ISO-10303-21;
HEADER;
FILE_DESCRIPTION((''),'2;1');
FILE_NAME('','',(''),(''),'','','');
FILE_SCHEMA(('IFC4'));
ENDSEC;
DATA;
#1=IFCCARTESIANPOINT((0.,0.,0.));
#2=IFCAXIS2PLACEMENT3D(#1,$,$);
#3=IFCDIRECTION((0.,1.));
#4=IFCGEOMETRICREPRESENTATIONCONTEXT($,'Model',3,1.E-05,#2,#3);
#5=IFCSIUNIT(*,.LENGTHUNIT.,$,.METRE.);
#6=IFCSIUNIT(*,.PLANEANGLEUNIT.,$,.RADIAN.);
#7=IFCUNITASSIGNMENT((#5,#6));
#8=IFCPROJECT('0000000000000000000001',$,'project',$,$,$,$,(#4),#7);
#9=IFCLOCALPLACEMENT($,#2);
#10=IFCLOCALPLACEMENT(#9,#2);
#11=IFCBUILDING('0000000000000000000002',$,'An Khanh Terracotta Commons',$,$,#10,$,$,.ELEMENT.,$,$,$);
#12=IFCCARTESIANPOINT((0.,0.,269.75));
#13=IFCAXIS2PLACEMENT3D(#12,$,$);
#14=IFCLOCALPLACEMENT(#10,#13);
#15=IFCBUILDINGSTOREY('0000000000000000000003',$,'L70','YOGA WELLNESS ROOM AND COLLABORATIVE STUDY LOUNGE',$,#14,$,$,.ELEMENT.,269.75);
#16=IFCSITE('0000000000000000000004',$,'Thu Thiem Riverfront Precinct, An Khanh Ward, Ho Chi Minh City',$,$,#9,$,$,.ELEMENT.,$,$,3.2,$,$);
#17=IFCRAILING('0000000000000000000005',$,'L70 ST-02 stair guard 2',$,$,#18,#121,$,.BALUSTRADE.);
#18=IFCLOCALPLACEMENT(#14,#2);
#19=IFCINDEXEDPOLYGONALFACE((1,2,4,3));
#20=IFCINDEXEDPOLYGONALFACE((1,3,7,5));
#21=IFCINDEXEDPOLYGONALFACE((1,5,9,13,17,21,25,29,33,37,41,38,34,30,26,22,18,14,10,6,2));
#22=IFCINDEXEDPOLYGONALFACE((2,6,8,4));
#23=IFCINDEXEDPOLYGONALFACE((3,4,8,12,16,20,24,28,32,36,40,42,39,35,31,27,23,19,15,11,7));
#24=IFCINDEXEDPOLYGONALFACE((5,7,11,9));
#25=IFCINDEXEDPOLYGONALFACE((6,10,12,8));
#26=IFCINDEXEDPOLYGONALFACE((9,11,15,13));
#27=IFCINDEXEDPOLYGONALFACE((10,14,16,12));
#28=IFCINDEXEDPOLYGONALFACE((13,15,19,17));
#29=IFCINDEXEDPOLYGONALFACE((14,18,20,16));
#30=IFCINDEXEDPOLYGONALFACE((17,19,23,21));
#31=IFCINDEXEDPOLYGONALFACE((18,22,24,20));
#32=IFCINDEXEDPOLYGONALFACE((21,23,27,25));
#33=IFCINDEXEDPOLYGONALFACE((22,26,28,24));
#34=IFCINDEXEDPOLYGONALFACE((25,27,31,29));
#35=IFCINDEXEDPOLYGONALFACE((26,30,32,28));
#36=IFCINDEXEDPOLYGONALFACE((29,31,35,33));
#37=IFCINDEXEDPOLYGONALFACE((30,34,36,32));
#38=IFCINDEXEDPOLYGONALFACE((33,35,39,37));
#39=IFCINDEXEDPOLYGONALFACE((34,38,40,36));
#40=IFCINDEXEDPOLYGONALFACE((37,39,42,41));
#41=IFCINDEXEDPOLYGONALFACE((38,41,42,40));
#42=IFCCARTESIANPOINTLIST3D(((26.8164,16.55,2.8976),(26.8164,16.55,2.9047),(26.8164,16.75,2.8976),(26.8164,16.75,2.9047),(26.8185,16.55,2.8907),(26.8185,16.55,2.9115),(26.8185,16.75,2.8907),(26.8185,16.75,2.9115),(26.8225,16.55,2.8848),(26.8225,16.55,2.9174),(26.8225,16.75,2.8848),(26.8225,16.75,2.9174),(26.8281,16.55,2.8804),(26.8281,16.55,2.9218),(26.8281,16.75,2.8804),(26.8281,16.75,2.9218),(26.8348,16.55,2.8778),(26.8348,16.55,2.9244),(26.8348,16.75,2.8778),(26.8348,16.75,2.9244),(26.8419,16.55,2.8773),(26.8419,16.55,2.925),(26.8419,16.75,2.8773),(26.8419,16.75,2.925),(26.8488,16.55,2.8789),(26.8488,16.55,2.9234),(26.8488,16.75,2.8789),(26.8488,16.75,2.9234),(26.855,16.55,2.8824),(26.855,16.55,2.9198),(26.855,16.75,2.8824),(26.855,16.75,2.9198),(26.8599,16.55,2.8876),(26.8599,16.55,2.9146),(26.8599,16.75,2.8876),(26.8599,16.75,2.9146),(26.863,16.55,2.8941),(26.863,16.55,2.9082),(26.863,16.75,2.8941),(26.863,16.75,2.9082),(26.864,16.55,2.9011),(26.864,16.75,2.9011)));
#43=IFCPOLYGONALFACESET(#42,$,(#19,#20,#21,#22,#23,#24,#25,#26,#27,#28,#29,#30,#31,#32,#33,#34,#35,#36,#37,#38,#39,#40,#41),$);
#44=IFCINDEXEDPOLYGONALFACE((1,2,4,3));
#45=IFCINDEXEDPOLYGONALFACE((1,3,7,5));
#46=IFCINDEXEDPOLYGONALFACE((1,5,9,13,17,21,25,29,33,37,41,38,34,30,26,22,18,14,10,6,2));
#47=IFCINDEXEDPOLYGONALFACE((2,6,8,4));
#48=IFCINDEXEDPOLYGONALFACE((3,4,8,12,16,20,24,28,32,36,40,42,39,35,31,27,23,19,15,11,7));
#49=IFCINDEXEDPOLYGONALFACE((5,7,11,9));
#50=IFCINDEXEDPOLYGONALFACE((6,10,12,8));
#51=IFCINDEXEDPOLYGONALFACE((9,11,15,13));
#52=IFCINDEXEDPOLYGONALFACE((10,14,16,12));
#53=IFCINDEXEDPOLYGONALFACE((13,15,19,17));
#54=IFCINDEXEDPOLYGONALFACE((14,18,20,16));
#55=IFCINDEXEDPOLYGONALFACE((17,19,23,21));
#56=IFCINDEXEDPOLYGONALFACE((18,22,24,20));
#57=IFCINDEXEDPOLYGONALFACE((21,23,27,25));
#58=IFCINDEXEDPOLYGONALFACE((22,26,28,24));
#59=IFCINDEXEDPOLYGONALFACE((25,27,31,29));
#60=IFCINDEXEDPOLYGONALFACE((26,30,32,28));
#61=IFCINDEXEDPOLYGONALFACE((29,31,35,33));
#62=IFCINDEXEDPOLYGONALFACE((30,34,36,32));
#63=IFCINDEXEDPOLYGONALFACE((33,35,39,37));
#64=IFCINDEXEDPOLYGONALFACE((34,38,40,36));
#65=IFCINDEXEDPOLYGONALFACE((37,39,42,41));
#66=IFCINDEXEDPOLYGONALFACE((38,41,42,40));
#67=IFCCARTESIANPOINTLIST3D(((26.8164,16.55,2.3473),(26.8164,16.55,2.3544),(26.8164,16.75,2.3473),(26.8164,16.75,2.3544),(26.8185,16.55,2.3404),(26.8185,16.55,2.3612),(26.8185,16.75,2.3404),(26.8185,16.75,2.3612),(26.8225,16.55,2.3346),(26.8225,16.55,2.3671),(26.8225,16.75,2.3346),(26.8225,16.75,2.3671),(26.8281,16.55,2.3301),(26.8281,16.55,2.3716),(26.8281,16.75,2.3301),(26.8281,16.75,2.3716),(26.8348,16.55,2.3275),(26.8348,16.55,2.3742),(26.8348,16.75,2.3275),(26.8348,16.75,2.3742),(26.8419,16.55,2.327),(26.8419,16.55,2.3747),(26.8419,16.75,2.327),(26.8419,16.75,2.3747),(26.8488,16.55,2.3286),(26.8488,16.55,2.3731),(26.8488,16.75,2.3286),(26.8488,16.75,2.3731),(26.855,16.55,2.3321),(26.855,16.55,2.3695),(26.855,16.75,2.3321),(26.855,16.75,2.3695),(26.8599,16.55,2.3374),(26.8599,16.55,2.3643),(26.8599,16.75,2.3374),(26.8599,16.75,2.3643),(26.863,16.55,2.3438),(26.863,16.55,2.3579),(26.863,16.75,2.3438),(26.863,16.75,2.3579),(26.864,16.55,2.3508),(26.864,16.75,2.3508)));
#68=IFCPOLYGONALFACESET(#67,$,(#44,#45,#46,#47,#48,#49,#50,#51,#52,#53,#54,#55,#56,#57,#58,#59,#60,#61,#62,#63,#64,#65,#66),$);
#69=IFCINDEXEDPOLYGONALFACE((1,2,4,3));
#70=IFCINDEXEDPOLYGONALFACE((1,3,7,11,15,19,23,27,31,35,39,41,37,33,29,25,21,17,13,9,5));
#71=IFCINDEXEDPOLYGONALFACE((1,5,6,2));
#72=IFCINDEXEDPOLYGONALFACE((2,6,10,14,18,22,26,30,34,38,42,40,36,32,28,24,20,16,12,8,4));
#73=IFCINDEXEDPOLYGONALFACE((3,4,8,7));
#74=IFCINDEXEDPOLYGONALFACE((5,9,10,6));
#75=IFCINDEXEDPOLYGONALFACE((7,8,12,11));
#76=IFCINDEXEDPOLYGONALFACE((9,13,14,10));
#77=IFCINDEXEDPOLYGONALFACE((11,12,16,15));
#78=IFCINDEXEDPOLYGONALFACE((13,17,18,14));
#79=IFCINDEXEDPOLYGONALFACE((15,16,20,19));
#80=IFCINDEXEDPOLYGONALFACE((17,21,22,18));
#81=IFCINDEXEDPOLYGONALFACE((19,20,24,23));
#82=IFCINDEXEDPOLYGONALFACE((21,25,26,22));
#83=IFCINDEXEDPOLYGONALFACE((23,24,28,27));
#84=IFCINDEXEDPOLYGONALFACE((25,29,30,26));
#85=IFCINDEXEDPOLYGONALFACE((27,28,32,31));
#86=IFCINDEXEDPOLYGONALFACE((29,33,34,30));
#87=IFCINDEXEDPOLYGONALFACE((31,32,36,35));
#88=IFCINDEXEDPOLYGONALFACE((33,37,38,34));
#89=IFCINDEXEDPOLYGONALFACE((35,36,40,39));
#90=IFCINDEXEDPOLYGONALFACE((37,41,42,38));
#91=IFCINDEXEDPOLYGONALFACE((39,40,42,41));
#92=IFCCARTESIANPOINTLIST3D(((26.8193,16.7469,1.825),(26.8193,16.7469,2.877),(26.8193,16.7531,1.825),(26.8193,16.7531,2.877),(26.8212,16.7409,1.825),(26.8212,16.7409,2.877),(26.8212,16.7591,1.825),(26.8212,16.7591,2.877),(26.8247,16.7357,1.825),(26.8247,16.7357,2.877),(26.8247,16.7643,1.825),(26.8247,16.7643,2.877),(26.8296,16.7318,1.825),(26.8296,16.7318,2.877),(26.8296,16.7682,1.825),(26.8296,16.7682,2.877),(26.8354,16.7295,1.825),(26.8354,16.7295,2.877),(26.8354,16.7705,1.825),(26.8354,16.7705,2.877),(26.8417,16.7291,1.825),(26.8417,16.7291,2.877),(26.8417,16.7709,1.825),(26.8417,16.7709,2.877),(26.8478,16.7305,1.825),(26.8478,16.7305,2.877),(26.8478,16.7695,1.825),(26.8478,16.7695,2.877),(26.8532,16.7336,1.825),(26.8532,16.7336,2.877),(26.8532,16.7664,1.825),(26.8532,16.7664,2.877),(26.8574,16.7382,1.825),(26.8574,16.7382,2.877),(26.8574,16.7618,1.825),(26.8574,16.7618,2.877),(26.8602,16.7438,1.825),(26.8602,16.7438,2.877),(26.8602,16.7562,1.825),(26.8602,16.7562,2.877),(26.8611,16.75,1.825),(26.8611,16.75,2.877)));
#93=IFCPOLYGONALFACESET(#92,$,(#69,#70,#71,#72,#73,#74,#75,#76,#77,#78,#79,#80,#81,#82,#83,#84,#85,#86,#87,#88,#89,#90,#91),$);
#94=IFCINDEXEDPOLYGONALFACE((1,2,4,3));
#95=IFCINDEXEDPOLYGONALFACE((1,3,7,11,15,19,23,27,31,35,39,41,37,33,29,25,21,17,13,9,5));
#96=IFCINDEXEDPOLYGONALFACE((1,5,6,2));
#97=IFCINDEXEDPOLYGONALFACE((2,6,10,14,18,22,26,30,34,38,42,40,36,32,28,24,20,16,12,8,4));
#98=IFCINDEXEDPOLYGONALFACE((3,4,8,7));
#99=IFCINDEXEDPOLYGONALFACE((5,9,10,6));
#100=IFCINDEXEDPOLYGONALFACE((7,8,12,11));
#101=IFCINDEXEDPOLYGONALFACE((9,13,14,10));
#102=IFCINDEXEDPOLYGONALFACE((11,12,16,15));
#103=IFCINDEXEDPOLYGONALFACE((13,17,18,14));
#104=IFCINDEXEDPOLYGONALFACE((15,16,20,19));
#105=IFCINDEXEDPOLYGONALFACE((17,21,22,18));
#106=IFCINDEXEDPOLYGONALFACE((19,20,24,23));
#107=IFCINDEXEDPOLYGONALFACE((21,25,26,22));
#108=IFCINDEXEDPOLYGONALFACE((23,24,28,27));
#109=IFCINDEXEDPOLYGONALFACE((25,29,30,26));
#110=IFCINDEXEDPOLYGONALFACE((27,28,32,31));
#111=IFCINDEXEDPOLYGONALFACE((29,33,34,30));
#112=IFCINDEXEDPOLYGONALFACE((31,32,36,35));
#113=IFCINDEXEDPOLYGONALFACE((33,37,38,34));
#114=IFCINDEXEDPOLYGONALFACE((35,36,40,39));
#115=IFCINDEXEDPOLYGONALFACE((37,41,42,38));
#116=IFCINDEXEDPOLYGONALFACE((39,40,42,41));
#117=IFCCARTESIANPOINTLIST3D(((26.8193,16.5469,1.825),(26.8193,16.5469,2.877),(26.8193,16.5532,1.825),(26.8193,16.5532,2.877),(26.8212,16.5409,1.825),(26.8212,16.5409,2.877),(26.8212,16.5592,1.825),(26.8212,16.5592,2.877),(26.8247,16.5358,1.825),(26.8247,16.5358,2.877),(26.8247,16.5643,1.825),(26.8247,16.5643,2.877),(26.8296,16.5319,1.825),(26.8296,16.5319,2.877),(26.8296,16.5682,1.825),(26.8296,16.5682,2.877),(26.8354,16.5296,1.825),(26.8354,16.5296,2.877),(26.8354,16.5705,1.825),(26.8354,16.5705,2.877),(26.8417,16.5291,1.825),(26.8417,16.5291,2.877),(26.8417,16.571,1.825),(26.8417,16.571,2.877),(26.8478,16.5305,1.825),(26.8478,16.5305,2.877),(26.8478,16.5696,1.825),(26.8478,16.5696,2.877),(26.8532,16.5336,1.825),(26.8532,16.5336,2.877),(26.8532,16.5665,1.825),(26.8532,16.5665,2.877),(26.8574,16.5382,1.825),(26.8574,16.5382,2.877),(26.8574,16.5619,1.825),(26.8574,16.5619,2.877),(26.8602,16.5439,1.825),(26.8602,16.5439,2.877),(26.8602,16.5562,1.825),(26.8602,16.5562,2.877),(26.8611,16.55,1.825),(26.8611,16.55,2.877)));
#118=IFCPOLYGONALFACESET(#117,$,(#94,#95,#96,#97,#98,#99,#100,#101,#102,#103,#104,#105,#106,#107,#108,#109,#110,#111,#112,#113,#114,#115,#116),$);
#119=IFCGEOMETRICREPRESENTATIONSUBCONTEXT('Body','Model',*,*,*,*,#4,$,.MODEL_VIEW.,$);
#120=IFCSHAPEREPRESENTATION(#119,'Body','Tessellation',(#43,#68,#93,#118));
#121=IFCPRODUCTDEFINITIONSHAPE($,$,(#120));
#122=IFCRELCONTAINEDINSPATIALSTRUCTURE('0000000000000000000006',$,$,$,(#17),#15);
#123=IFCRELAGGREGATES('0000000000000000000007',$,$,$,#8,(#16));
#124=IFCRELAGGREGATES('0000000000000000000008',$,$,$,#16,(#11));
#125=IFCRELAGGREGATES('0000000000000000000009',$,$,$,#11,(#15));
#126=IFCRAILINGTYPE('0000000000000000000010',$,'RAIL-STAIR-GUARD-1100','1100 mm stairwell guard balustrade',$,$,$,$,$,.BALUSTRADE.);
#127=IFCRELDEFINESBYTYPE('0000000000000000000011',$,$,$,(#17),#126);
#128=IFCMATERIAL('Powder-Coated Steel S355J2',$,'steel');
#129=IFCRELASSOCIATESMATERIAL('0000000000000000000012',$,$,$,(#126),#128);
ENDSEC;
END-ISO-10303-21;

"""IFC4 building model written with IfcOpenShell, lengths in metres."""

from ifc_helpers import new_model, si_unit, direction, frame, origin, origin_2d, place, context, subcontext, project, spatial, circle, extrude, material, type_object, element, save


model = new_model("IFC4")

# Units and contexts
model_context = context("Model", 3, precision=1e-05, world=origin(), true_north=direction((0.0, 1.0)))
body_context = subcontext(model_context, "Body", "Model", "MODEL_VIEW")
ifc_project = project(units=[si_unit("LENGTHUNIT", "METRE"), si_unit("PLANEANGLEUNIT", "RADIAN")], contexts=[model_context])

# Site, building, storey
site_placement = place(None, origin())
site = spatial("IfcSite", under=ifc_project, at=site_placement, Name="Thu Thiem Riverfront Precinct, An Khanh Ward, Ho Chi Minh City", CompositionType="ELEMENT", RefElevation=3.2)
building_placement = place(site_placement, origin())
building = spatial("IfcBuilding", under=site, at=building_placement, Name="An Khanh Terracotta Commons", CompositionType="ELEMENT")
storey_placement = place(building_placement, frame((0.0, 0.0, 269.75)))
storey = spatial("IfcBuildingStorey", under=building, at=storey_placement, Name="L70", Description="YOGA WELLNESS ROOM AND COLLABORATIVE STUDY LOUNGE", CompositionType="ELEMENT", Elevation=269.75)

# Railing
ifc_material_1 = material(Name="Powder-Coated Steel S355J2", Category="steel")
railing_type_1 = type_object("IfcRailingType", Name="RAIL-STAIR-GUARD-1100", Description="1100 mm stairwell guard balustrade", PredefinedType="BALUSTRADE", material=ifc_material_1)
railing_1_placement = place(storey_placement, frame((26.8401, 16.75, 1.825)))
element("IfcRailing", 1, at=railing_1_placement, inside=storey, type_object=railing_type_1, Name="L70 ST-02 stair guard 2", PredefinedType="BALUSTRADE", context=body_context, shape_type="SweptSolid", body=[
    extrude(circle(Radius=0.0239, at=origin_2d()), frame((0.0, 0.0, 1.0762), z_axis=(0.0, -1.0, 0.0), x_axis=(1.0, 0.0, 0.0)), (0.0, 0.0, 1.0), 0.2),
    extrude(circle(Radius=0.0239, at=origin_2d()), frame((0.0, 0.0, 0.5259), z_axis=(0.0, -1.0, 0.0), x_axis=(1.0, 0.0, 0.0)), (0.0, 0.0, 1.0), 0.2),
    extrude(circle(Radius=0.021, at=origin_2d()), origin(), (0.0, 0.0, 1.0), 1.052),
    extrude(circle(Radius=0.021, at=origin_2d()), frame((0.0, -0.2, 0.0)), (0.0, 0.0, 1.0), 1.052),
])

save(model, "model.ifc")
